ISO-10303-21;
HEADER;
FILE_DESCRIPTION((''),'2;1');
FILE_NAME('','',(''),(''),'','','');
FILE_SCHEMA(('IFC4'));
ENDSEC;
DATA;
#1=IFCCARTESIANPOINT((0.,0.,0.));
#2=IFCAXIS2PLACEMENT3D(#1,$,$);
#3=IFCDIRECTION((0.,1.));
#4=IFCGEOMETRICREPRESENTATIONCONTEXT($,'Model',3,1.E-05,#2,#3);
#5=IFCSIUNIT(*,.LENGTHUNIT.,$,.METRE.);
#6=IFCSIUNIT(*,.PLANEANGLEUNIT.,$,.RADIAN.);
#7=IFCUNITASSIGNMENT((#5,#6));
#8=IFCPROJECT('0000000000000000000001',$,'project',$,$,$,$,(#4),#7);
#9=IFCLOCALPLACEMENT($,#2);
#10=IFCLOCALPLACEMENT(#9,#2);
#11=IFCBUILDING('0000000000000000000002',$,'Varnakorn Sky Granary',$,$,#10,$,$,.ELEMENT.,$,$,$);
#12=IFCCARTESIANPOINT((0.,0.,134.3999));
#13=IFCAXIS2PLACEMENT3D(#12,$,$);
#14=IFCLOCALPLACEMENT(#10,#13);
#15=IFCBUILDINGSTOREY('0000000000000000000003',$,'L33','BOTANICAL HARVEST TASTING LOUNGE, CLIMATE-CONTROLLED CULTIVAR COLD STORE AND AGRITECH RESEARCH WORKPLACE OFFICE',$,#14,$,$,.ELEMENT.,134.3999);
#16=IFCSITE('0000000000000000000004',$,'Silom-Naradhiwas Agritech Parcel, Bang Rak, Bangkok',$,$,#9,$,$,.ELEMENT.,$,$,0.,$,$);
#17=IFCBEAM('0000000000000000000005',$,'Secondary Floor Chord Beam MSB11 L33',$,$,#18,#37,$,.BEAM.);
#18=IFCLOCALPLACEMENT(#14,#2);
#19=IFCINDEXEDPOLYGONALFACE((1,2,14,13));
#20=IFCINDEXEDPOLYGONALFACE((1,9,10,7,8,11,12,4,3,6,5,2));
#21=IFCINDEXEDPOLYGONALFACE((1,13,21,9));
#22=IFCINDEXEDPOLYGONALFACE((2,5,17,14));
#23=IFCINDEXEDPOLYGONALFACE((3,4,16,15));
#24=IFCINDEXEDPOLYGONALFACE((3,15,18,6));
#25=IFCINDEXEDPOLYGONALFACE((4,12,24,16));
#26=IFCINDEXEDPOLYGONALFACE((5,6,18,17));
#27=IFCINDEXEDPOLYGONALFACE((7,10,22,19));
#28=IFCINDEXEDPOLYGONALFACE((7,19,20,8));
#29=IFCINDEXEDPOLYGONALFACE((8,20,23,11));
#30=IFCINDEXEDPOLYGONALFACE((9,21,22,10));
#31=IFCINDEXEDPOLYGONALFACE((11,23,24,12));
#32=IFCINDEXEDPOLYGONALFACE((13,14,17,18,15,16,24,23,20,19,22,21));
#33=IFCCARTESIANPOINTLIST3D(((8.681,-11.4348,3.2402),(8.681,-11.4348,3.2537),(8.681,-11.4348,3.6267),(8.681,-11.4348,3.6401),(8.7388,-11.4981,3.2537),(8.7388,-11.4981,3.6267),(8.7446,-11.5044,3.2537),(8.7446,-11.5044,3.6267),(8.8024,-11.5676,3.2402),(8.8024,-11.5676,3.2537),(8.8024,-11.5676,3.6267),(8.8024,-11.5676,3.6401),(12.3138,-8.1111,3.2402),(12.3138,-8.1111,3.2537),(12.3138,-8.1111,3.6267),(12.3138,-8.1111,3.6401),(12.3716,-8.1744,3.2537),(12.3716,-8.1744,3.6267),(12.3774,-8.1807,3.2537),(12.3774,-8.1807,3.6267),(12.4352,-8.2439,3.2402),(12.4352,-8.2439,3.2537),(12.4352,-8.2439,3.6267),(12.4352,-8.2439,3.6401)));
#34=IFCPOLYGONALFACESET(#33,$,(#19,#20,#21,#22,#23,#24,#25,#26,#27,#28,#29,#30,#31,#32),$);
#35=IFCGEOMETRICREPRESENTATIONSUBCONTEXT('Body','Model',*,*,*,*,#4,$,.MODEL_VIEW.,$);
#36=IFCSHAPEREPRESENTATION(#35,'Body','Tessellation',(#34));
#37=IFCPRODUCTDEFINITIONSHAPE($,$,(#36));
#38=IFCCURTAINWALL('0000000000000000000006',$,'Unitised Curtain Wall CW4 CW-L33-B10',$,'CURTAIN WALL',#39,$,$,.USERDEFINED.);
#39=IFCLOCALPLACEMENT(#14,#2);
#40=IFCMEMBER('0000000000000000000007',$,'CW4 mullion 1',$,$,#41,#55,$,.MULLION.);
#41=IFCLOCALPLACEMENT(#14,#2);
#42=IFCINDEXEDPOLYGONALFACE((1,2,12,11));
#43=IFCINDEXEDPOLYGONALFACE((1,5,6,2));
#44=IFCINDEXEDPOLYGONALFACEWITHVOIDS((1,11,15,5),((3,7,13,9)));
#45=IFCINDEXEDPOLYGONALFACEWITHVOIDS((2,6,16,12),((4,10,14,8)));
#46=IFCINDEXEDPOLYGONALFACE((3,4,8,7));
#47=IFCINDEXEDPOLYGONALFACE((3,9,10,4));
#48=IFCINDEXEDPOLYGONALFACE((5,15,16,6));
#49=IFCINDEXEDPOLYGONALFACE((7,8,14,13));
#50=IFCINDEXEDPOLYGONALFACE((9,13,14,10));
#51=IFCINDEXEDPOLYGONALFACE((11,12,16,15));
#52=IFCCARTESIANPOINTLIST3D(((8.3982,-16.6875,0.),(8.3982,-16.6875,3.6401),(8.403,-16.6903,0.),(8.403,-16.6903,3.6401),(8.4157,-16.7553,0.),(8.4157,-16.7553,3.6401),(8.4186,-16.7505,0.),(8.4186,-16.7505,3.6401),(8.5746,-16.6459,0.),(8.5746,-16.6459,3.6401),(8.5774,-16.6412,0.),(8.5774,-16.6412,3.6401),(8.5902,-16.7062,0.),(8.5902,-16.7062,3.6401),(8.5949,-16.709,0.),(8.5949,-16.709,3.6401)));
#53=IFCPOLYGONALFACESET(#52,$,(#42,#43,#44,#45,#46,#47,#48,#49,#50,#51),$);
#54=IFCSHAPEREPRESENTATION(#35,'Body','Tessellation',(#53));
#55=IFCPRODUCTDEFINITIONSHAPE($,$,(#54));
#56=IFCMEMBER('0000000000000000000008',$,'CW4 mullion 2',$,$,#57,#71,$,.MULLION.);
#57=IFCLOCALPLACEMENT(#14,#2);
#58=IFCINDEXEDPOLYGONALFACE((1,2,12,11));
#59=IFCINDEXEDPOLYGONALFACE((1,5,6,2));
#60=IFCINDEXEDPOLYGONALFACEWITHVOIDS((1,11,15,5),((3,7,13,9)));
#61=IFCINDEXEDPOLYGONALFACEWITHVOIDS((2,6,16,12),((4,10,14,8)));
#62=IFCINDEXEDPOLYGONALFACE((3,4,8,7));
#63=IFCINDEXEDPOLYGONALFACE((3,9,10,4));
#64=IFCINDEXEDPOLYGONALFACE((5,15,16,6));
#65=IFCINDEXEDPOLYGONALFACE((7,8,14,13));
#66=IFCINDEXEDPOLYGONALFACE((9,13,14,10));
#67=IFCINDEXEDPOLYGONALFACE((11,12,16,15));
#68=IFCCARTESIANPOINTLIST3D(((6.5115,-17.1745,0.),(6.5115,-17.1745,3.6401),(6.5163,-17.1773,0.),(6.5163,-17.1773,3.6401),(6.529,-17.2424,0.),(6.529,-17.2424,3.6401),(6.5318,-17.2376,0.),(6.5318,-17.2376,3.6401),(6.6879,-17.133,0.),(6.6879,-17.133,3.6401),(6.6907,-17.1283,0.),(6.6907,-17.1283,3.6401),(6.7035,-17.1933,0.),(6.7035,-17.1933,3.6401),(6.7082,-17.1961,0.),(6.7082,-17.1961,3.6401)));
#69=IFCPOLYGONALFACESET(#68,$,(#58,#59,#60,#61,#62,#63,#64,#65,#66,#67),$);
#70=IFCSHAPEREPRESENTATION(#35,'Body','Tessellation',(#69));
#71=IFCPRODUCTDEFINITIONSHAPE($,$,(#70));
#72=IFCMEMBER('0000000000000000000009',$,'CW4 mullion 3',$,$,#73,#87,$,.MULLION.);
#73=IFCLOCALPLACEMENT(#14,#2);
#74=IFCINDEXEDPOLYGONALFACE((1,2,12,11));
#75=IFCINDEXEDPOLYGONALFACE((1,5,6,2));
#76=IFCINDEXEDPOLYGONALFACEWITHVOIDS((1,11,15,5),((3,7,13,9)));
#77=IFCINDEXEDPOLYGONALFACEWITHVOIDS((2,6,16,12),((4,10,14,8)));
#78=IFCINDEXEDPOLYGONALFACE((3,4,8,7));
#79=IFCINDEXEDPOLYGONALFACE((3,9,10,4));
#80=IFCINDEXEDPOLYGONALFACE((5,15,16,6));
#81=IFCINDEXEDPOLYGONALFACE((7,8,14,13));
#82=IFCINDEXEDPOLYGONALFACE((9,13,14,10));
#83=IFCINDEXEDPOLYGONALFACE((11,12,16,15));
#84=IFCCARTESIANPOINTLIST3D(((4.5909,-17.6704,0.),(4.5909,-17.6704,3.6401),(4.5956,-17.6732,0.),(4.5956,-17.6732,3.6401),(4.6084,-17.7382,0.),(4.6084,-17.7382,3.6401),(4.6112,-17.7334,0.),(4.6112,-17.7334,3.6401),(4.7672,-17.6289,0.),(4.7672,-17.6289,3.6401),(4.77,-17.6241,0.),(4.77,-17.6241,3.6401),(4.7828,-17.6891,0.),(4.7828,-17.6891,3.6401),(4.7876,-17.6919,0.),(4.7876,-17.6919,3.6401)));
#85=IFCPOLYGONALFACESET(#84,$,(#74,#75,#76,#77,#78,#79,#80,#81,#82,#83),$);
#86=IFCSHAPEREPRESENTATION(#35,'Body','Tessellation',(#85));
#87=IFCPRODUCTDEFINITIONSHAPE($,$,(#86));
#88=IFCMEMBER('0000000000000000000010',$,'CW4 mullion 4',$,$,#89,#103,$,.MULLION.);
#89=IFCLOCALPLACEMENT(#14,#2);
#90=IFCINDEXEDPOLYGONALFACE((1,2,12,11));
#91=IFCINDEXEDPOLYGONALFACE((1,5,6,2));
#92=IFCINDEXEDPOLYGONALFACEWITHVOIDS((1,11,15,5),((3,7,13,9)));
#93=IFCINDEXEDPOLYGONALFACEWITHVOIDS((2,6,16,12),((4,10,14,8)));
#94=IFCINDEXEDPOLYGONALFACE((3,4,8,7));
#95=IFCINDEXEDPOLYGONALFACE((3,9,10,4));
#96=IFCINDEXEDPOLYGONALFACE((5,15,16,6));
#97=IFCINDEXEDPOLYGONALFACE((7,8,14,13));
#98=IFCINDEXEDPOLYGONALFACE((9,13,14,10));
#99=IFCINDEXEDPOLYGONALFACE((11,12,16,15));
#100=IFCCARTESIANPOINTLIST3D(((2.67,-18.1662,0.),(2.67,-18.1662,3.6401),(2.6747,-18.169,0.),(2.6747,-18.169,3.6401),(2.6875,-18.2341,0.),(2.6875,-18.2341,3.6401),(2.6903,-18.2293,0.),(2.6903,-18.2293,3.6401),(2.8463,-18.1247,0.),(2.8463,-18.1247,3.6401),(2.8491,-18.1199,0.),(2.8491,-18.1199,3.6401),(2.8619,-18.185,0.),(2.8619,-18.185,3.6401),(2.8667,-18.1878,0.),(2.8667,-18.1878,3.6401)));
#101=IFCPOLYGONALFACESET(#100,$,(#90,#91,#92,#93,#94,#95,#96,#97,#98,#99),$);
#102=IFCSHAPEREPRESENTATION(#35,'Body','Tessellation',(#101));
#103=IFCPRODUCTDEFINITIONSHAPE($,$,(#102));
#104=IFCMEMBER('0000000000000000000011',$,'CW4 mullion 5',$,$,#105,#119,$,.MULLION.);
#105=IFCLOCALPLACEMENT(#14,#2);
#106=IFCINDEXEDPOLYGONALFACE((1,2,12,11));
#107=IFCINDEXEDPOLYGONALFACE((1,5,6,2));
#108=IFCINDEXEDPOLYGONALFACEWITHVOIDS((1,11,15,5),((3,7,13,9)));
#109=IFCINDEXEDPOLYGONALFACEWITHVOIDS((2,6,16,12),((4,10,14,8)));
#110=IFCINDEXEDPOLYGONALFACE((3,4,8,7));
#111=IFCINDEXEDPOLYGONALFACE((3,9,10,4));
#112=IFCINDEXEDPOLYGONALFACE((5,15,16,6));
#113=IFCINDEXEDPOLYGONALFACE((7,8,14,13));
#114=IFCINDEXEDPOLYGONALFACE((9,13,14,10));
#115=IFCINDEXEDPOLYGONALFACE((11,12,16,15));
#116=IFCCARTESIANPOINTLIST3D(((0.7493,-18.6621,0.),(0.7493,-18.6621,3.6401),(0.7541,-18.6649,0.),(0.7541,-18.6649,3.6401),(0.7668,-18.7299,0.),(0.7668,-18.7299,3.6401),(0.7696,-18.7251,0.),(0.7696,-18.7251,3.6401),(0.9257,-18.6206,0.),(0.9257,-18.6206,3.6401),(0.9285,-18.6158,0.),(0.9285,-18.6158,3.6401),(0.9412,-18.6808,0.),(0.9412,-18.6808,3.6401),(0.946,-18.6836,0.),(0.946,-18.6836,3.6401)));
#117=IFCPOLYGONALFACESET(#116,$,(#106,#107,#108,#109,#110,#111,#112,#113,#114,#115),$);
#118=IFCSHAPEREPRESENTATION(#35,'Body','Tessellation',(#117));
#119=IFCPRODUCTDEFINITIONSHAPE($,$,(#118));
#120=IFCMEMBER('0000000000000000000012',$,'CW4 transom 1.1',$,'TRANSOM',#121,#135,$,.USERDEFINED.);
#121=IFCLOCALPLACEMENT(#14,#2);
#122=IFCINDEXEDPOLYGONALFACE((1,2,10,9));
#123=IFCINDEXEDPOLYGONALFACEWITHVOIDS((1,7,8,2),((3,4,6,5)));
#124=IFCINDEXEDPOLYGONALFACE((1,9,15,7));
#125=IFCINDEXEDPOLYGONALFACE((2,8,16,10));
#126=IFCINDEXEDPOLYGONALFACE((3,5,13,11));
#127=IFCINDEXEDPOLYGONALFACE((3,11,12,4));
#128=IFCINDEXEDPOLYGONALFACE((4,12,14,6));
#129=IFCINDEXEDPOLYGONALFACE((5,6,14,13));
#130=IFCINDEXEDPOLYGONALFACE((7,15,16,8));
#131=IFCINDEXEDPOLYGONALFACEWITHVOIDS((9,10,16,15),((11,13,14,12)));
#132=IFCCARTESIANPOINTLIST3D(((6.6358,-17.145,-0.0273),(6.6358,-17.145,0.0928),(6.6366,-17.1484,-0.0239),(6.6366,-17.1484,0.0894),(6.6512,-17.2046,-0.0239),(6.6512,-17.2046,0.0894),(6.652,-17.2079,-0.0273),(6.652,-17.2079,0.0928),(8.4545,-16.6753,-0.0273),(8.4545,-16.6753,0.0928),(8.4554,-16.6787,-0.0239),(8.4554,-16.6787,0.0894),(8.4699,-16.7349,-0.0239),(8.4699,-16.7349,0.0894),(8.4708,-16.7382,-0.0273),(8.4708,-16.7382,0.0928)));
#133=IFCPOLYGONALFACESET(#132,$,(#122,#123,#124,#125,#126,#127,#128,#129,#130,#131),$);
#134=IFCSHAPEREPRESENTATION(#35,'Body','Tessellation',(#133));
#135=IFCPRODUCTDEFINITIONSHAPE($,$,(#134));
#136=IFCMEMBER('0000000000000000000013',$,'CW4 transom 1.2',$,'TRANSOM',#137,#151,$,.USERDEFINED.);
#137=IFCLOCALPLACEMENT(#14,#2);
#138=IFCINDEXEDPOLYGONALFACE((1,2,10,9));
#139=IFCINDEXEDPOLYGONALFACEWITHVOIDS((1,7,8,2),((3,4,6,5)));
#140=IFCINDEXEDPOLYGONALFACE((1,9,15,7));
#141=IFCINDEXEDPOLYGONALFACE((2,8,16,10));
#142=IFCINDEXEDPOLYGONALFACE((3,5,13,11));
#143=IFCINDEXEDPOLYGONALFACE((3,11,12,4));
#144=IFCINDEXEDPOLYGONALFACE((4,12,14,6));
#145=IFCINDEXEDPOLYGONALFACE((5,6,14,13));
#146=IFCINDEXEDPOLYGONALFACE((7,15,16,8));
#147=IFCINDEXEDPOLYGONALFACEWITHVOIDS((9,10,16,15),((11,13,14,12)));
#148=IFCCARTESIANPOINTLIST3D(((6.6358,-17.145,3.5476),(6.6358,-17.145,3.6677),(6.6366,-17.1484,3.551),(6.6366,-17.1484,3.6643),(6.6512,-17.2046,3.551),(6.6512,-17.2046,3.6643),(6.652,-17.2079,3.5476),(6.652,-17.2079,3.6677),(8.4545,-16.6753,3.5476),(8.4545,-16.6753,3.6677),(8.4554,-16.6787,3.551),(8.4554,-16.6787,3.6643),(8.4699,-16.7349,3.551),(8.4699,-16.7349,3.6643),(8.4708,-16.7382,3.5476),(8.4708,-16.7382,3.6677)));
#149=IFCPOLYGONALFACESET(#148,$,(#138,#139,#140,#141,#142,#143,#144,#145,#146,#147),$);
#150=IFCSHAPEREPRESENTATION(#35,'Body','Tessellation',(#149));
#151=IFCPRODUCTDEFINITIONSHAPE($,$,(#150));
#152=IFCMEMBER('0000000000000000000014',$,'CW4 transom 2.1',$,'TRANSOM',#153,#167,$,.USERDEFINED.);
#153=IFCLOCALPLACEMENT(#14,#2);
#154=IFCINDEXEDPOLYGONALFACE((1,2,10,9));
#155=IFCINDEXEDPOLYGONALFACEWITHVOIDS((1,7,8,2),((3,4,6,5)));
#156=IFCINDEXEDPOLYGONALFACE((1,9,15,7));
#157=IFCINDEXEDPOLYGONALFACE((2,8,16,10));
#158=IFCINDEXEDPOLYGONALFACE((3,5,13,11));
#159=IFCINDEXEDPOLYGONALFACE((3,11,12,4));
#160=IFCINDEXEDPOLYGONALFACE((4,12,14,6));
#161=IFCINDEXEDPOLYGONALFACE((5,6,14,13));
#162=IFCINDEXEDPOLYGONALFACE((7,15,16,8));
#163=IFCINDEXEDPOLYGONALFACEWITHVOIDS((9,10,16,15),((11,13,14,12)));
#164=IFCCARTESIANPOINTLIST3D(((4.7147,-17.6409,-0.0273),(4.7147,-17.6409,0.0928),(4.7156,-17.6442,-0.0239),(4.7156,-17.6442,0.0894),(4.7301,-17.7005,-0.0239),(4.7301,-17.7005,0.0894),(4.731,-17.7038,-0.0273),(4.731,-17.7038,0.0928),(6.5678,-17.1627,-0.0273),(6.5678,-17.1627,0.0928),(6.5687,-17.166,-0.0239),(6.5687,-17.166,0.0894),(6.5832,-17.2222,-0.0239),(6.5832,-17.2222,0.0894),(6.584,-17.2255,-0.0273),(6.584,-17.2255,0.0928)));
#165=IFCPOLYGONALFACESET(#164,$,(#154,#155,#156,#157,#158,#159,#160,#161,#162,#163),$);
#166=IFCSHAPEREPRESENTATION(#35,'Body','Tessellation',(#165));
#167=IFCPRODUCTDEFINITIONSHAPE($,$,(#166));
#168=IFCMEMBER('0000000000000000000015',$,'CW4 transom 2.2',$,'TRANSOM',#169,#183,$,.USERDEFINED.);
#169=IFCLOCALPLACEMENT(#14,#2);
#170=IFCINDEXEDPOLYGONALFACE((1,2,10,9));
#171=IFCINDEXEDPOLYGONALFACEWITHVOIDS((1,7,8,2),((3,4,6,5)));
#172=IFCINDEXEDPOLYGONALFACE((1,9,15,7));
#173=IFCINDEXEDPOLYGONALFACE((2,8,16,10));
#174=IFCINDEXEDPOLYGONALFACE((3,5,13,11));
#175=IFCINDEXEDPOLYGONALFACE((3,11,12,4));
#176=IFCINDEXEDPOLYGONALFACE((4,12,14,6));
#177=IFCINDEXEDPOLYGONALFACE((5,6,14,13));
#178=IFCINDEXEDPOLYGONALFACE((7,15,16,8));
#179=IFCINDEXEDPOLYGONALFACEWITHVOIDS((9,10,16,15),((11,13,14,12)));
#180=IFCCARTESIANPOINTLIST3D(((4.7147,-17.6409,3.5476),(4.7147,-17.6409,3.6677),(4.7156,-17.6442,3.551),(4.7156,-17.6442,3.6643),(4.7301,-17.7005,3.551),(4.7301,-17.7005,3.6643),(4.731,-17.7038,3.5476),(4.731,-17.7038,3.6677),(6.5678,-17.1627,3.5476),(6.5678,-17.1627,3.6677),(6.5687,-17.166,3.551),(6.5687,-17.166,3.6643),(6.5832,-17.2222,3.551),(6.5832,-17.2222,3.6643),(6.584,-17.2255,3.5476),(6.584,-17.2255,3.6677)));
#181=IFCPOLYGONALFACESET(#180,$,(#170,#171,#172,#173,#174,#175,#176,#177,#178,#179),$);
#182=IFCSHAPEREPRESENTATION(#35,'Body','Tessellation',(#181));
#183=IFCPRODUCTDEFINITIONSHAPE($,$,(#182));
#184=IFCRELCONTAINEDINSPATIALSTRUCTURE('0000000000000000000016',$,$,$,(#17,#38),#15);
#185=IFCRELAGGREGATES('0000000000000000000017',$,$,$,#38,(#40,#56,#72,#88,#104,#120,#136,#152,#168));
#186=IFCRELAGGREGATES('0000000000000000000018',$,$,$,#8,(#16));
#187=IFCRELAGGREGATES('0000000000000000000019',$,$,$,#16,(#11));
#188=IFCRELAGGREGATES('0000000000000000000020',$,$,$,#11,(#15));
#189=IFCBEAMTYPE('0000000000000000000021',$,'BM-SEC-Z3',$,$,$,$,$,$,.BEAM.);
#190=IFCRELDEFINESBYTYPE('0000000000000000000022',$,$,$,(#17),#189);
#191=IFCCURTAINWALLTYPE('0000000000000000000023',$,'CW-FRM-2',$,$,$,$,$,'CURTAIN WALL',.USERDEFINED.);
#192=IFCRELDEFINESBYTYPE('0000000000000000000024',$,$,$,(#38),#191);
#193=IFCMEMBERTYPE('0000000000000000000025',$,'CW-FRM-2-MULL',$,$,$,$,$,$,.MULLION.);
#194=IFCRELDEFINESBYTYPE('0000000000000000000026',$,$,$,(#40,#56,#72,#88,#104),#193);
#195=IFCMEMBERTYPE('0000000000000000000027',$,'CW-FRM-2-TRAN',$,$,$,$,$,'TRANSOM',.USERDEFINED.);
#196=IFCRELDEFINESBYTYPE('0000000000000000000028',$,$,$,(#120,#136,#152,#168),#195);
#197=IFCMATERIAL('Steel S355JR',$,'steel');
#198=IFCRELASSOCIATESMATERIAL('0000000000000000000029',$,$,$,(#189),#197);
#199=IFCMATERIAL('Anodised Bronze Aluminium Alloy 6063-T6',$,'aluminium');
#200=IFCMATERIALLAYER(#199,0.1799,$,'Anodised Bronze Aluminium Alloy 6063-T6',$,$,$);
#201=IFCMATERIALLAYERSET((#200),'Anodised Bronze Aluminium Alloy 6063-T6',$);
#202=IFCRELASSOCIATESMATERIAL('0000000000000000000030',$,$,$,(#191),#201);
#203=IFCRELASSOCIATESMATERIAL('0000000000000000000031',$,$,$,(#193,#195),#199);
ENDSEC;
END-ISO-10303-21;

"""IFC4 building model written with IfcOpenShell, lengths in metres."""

from ifc_helpers import new_model, si_unit, direction, frame, origin, origin_2d, place, context, subcontext, project, spatial, hollow_rectangle, i_section, extrude, material, layer, layer_set, material_profile, profile_set, type_object, element, aggregate, save


model = new_model("IFC4")

# Units and contexts
model_context = context("Model", 3, precision=1e-05, world=origin(), true_north=direction((0.0, 1.0)))
body_context = subcontext(model_context, "Body", "Model", "MODEL_VIEW")
ifc_project = project(units=[si_unit("LENGTHUNIT", "METRE"), si_unit("PLANEANGLEUNIT", "RADIAN")], contexts=[model_context])

# Site, building, storey
site_placement = place(None, origin())
site = spatial("IfcSite", under=ifc_project, at=site_placement, Name="Silom-Naradhiwas Agritech Parcel, Bang Rak, Bangkok", CompositionType="ELEMENT", RefElevation=0.0)
building_placement = place(site_placement, origin())
building = spatial("IfcBuilding", under=site, at=building_placement, Name="Varnakorn Sky Granary", CompositionType="ELEMENT")
storey_placement = place(building_placement, frame((0.0, 0.0, 134.3999)))
storey = spatial("IfcBuildingStorey", under=building, at=storey_placement, Name="L33", Description="BOTANICAL HARVEST TASTING LOUNGE, CLIMATE-CONTROLLED CULTIVAR COLD STORE AND AGRITECH RESEARCH WORKPLACE OFFICE", CompositionType="ELEMENT", Elevation=134.3999)

# Beam
ifc_material_1 = material(Name="Steel S355JR", Category="steel")
ifc_material_profile_1 = material_profile(ifc_material_1, i_section(OverallWidth=0.1799, OverallDepth=0.3999, WebThickness=0.0085, FlangeThickness=0.0134, at=origin_2d()), Name="IPE 400")
ifc_profile_set_1 = profile_set([ifc_material_profile_1], Name="Steel S355JR")
beam_type = type_object("IfcBeamType", Name="BM-SEC-Z3", PredefinedType="BEAM", material=ifc_profile_set_1)
beam_placement = place(storey_placement, frame((8.7417, -11.5012, 3.4402), z_axis=(0.737796, 0.675024, 0.0), x_axis=(-0.675024, 0.737796, 0.0)))
element("IfcBeam", 1, at=beam_placement, inside=storey, type_object=beam_type, Name="Secondary Floor Chord Beam MSB11 L33", PredefinedType="BEAM", context=body_context, shape_type="SweptSolid", body=[
    extrude(i_section(OverallWidth=0.1799, OverallDepth=0.3999, WebThickness=0.0085, FlangeThickness=0.0134, at=origin_2d()), origin(), (0.0, 0.0, 1.0), 4.9238),
])

# Curtain wall, members
ifc_material_2 = material(Name="Anodised Bronze Aluminium Alloy 6063-T6", Category="aluminium")
ifc_layer_1 = layer(ifc_material_2, 0.1799, Name="Anodised Bronze Aluminium Alloy 6063-T6")
ifc_layer_set_1 = layer_set([ifc_layer_1], Name="Anodised Bronze Aluminium Alloy 6063-T6")
curtain_wall_type = type_object("IfcCurtainWallType", Name="CW-FRM-2", ElementType="CURTAIN WALL", PredefinedType="USERDEFINED", material=ifc_layer_set_1)
curtain_wall_placement = place(storey_placement, origin())
curtain_wall = element("IfcCurtainWall", 2, at=curtain_wall_placement, inside=storey, type_object=curtain_wall_type, Name="Unitised Curtain Wall CW4 CW-L33-B10", ObjectType="CURTAIN WALL", PredefinedType="USERDEFINED")
ifc_material_profile_2 = material_profile(ifc_material_2, hollow_rectangle(XDim=0.0701, YDim=0.1851, WallThickness=0.0039, at=origin_2d()), Name="ALU MULL 70x185")
ifc_profile_set_2 = profile_set([ifc_material_profile_2], Name="Anodised Bronze Aluminium Alloy 6063-T6")
member_type_1 = type_object("IfcMemberType", Name="CW-FRM-2-MULL", PredefinedType="MULLION", material=ifc_profile_set_2)
member_1_placement = place(storey_placement, frame((8.4966, -16.6982, 0.0), z_axis=(0.0, 0.0, 1.0), x_axis=(0.24998, -0.968251, 0.0)))
member_1 = element("IfcMember", 3, at=member_1_placement, type_object=member_type_1, Name="CW4 mullion 1", PredefinedType="MULLION", context=body_context, shape_type="SweptSolid", body=[
    extrude(hollow_rectangle(XDim=0.0701, YDim=0.1851, WallThickness=0.0039, at=origin_2d()), origin(), (0.0, 0.0, 1.0), 3.6401),
])
member_2_placement = place(storey_placement, frame((6.6099, -17.1853, 0.0), z_axis=(0.0, 0.0, 1.0), x_axis=(0.24998, -0.968251, 0.0)))
member_2 = element("IfcMember", 4, at=member_2_placement, type_object=member_type_1, Name="CW4 mullion 2", PredefinedType="MULLION", context=body_context, shape_type="SweptSolid", body=[
    extrude(hollow_rectangle(XDim=0.0701, YDim=0.1851, WallThickness=0.0039, at=origin_2d()), origin(), (0.0, 0.0, 1.0), 3.6401),
])
member_3_placement = place(storey_placement, frame((4.6892, -17.6812, 0.0), z_axis=(0.0, 0.0, 1.0), x_axis=(0.24998, -0.968251, 0.0)))
member_3 = element("IfcMember", 5, at=member_3_placement, type_object=member_type_1, Name="CW4 mullion 3", PredefinedType="MULLION", context=body_context, shape_type="SweptSolid", body=[
    extrude(hollow_rectangle(XDim=0.0701, YDim=0.1851, WallThickness=0.0039, at=origin_2d()), origin(), (0.0, 0.0, 1.0), 3.6401),
])
member_4_placement = place(storey_placement, frame((2.7683, -18.177, 0.0), z_axis=(0.0, 0.0, 1.0), x_axis=(0.24998, -0.968251, 0.0)))
member_4 = element("IfcMember", 6, at=member_4_placement, type_object=member_type_1, Name="CW4 mullion 4", PredefinedType="MULLION", context=body_context, shape_type="SweptSolid", body=[
    extrude(hollow_rectangle(XDim=0.0701, YDim=0.1851, WallThickness=0.0039, at=origin_2d()), origin(), (0.0, 0.0, 1.0), 3.6401),
])
member_5_placement = place(storey_placement, frame((0.8477, -18.6729, 0.0), z_axis=(0.0, 0.0, 1.0), x_axis=(0.24998, -0.968251, 0.0)))
member_5 = element("IfcMember", 7, at=member_5_placement, type_object=member_type_1, Name="CW4 mullion 5", PredefinedType="MULLION", context=body_context, shape_type="SweptSolid", body=[
    extrude(hollow_rectangle(XDim=0.0701, YDim=0.1851, WallThickness=0.0039, at=origin_2d()), origin(), (0.0, 0.0, 1.0), 3.6401),
])
ifc_material_profile_3 = material_profile(ifc_material_2, hollow_rectangle(XDim=0.0649, YDim=0.1201, WallThickness=0.0034, at=origin_2d()), Name="ALU TRAN 65x120")
ifc_profile_set_3 = profile_set([ifc_material_profile_3], Name="Anodised Bronze Aluminium Alloy 6063-T6")
member_type_2 = type_object("IfcMemberType", Name="CW-FRM-2-TRAN", ElementType="TRANSOM", PredefinedType="USERDEFINED", material=ifc_profile_set_3)
member_6_placement = place(storey_placement, frame((8.4626, -16.7068, 0.0327), z_axis=(-0.968233, -0.250051, 0.0), x_axis=(0.250051, -0.968233, 0.0)))
member_6 = element("IfcMember", 8, at=member_6_placement, type_object=member_type_2, Name="CW4 transom 1.1", ObjectType="TRANSOM", PredefinedType="USERDEFINED", context=body_context, shape_type="SweptSolid", body=[
    extrude(hollow_rectangle(XDim=0.0649, YDim=0.1201, WallThickness=0.0034, at=origin_2d()), origin(), (0.0, 0.0, 1.0), 1.8784),
])
member_7_placement = place(storey_placement, frame((8.4626, -16.7068, 3.6077), z_axis=(-0.968233, -0.250051, 0.0), x_axis=(0.250051, -0.968233, 0.0)))
member_7 = element("IfcMember", 9, at=member_7_placement, type_object=member_type_2, Name="CW4 transom 1.2", ObjectType="TRANSOM", PredefinedType="USERDEFINED", context=body_context, shape_type="SweptSolid", body=[
    extrude(hollow_rectangle(XDim=0.0649, YDim=0.1201, WallThickness=0.0034, at=origin_2d()), origin(), (0.0, 0.0, 1.0), 1.8784),
])
member_8_placement = place(storey_placement, frame((6.5759, -17.1941, 0.0327), z_axis=(-0.968268, -0.249913, 0.0), x_axis=(0.249913, -0.968268, 0.0)))
member_8 = element("IfcMember", 10, at=member_8_placement, type_object=member_type_2, Name="CW4 transom 2.1", ObjectType="TRANSOM", PredefinedType="USERDEFINED", context=body_context, shape_type="SweptSolid", body=[
    extrude(hollow_rectangle(XDim=0.0649, YDim=0.1201, WallThickness=0.0034, at=origin_2d()), origin(), (0.0, 0.0, 1.0), 1.9138),
])
member_9_placement = place(storey_placement, frame((6.5759, -17.1941, 3.6077), z_axis=(-0.968268, -0.249913, 0.0), x_axis=(0.249913, -0.968268, 0.0)))
member_9 = element("IfcMember", 11, at=member_9_placement, type_object=member_type_2, Name="CW4 transom 2.2", ObjectType="TRANSOM", PredefinedType="USERDEFINED", context=body_context, shape_type="SweptSolid", body=[
    extrude(hollow_rectangle(XDim=0.0649, YDim=0.1201, WallThickness=0.0034, at=origin_2d()), origin(), (0.0, 0.0, 1.0), 1.9138),
])
aggregate(curtain_wall, [member_1, member_2, member_3, member_4, member_5, member_6, member_7, member_8, member_9])

save(model, "model.ifc")
